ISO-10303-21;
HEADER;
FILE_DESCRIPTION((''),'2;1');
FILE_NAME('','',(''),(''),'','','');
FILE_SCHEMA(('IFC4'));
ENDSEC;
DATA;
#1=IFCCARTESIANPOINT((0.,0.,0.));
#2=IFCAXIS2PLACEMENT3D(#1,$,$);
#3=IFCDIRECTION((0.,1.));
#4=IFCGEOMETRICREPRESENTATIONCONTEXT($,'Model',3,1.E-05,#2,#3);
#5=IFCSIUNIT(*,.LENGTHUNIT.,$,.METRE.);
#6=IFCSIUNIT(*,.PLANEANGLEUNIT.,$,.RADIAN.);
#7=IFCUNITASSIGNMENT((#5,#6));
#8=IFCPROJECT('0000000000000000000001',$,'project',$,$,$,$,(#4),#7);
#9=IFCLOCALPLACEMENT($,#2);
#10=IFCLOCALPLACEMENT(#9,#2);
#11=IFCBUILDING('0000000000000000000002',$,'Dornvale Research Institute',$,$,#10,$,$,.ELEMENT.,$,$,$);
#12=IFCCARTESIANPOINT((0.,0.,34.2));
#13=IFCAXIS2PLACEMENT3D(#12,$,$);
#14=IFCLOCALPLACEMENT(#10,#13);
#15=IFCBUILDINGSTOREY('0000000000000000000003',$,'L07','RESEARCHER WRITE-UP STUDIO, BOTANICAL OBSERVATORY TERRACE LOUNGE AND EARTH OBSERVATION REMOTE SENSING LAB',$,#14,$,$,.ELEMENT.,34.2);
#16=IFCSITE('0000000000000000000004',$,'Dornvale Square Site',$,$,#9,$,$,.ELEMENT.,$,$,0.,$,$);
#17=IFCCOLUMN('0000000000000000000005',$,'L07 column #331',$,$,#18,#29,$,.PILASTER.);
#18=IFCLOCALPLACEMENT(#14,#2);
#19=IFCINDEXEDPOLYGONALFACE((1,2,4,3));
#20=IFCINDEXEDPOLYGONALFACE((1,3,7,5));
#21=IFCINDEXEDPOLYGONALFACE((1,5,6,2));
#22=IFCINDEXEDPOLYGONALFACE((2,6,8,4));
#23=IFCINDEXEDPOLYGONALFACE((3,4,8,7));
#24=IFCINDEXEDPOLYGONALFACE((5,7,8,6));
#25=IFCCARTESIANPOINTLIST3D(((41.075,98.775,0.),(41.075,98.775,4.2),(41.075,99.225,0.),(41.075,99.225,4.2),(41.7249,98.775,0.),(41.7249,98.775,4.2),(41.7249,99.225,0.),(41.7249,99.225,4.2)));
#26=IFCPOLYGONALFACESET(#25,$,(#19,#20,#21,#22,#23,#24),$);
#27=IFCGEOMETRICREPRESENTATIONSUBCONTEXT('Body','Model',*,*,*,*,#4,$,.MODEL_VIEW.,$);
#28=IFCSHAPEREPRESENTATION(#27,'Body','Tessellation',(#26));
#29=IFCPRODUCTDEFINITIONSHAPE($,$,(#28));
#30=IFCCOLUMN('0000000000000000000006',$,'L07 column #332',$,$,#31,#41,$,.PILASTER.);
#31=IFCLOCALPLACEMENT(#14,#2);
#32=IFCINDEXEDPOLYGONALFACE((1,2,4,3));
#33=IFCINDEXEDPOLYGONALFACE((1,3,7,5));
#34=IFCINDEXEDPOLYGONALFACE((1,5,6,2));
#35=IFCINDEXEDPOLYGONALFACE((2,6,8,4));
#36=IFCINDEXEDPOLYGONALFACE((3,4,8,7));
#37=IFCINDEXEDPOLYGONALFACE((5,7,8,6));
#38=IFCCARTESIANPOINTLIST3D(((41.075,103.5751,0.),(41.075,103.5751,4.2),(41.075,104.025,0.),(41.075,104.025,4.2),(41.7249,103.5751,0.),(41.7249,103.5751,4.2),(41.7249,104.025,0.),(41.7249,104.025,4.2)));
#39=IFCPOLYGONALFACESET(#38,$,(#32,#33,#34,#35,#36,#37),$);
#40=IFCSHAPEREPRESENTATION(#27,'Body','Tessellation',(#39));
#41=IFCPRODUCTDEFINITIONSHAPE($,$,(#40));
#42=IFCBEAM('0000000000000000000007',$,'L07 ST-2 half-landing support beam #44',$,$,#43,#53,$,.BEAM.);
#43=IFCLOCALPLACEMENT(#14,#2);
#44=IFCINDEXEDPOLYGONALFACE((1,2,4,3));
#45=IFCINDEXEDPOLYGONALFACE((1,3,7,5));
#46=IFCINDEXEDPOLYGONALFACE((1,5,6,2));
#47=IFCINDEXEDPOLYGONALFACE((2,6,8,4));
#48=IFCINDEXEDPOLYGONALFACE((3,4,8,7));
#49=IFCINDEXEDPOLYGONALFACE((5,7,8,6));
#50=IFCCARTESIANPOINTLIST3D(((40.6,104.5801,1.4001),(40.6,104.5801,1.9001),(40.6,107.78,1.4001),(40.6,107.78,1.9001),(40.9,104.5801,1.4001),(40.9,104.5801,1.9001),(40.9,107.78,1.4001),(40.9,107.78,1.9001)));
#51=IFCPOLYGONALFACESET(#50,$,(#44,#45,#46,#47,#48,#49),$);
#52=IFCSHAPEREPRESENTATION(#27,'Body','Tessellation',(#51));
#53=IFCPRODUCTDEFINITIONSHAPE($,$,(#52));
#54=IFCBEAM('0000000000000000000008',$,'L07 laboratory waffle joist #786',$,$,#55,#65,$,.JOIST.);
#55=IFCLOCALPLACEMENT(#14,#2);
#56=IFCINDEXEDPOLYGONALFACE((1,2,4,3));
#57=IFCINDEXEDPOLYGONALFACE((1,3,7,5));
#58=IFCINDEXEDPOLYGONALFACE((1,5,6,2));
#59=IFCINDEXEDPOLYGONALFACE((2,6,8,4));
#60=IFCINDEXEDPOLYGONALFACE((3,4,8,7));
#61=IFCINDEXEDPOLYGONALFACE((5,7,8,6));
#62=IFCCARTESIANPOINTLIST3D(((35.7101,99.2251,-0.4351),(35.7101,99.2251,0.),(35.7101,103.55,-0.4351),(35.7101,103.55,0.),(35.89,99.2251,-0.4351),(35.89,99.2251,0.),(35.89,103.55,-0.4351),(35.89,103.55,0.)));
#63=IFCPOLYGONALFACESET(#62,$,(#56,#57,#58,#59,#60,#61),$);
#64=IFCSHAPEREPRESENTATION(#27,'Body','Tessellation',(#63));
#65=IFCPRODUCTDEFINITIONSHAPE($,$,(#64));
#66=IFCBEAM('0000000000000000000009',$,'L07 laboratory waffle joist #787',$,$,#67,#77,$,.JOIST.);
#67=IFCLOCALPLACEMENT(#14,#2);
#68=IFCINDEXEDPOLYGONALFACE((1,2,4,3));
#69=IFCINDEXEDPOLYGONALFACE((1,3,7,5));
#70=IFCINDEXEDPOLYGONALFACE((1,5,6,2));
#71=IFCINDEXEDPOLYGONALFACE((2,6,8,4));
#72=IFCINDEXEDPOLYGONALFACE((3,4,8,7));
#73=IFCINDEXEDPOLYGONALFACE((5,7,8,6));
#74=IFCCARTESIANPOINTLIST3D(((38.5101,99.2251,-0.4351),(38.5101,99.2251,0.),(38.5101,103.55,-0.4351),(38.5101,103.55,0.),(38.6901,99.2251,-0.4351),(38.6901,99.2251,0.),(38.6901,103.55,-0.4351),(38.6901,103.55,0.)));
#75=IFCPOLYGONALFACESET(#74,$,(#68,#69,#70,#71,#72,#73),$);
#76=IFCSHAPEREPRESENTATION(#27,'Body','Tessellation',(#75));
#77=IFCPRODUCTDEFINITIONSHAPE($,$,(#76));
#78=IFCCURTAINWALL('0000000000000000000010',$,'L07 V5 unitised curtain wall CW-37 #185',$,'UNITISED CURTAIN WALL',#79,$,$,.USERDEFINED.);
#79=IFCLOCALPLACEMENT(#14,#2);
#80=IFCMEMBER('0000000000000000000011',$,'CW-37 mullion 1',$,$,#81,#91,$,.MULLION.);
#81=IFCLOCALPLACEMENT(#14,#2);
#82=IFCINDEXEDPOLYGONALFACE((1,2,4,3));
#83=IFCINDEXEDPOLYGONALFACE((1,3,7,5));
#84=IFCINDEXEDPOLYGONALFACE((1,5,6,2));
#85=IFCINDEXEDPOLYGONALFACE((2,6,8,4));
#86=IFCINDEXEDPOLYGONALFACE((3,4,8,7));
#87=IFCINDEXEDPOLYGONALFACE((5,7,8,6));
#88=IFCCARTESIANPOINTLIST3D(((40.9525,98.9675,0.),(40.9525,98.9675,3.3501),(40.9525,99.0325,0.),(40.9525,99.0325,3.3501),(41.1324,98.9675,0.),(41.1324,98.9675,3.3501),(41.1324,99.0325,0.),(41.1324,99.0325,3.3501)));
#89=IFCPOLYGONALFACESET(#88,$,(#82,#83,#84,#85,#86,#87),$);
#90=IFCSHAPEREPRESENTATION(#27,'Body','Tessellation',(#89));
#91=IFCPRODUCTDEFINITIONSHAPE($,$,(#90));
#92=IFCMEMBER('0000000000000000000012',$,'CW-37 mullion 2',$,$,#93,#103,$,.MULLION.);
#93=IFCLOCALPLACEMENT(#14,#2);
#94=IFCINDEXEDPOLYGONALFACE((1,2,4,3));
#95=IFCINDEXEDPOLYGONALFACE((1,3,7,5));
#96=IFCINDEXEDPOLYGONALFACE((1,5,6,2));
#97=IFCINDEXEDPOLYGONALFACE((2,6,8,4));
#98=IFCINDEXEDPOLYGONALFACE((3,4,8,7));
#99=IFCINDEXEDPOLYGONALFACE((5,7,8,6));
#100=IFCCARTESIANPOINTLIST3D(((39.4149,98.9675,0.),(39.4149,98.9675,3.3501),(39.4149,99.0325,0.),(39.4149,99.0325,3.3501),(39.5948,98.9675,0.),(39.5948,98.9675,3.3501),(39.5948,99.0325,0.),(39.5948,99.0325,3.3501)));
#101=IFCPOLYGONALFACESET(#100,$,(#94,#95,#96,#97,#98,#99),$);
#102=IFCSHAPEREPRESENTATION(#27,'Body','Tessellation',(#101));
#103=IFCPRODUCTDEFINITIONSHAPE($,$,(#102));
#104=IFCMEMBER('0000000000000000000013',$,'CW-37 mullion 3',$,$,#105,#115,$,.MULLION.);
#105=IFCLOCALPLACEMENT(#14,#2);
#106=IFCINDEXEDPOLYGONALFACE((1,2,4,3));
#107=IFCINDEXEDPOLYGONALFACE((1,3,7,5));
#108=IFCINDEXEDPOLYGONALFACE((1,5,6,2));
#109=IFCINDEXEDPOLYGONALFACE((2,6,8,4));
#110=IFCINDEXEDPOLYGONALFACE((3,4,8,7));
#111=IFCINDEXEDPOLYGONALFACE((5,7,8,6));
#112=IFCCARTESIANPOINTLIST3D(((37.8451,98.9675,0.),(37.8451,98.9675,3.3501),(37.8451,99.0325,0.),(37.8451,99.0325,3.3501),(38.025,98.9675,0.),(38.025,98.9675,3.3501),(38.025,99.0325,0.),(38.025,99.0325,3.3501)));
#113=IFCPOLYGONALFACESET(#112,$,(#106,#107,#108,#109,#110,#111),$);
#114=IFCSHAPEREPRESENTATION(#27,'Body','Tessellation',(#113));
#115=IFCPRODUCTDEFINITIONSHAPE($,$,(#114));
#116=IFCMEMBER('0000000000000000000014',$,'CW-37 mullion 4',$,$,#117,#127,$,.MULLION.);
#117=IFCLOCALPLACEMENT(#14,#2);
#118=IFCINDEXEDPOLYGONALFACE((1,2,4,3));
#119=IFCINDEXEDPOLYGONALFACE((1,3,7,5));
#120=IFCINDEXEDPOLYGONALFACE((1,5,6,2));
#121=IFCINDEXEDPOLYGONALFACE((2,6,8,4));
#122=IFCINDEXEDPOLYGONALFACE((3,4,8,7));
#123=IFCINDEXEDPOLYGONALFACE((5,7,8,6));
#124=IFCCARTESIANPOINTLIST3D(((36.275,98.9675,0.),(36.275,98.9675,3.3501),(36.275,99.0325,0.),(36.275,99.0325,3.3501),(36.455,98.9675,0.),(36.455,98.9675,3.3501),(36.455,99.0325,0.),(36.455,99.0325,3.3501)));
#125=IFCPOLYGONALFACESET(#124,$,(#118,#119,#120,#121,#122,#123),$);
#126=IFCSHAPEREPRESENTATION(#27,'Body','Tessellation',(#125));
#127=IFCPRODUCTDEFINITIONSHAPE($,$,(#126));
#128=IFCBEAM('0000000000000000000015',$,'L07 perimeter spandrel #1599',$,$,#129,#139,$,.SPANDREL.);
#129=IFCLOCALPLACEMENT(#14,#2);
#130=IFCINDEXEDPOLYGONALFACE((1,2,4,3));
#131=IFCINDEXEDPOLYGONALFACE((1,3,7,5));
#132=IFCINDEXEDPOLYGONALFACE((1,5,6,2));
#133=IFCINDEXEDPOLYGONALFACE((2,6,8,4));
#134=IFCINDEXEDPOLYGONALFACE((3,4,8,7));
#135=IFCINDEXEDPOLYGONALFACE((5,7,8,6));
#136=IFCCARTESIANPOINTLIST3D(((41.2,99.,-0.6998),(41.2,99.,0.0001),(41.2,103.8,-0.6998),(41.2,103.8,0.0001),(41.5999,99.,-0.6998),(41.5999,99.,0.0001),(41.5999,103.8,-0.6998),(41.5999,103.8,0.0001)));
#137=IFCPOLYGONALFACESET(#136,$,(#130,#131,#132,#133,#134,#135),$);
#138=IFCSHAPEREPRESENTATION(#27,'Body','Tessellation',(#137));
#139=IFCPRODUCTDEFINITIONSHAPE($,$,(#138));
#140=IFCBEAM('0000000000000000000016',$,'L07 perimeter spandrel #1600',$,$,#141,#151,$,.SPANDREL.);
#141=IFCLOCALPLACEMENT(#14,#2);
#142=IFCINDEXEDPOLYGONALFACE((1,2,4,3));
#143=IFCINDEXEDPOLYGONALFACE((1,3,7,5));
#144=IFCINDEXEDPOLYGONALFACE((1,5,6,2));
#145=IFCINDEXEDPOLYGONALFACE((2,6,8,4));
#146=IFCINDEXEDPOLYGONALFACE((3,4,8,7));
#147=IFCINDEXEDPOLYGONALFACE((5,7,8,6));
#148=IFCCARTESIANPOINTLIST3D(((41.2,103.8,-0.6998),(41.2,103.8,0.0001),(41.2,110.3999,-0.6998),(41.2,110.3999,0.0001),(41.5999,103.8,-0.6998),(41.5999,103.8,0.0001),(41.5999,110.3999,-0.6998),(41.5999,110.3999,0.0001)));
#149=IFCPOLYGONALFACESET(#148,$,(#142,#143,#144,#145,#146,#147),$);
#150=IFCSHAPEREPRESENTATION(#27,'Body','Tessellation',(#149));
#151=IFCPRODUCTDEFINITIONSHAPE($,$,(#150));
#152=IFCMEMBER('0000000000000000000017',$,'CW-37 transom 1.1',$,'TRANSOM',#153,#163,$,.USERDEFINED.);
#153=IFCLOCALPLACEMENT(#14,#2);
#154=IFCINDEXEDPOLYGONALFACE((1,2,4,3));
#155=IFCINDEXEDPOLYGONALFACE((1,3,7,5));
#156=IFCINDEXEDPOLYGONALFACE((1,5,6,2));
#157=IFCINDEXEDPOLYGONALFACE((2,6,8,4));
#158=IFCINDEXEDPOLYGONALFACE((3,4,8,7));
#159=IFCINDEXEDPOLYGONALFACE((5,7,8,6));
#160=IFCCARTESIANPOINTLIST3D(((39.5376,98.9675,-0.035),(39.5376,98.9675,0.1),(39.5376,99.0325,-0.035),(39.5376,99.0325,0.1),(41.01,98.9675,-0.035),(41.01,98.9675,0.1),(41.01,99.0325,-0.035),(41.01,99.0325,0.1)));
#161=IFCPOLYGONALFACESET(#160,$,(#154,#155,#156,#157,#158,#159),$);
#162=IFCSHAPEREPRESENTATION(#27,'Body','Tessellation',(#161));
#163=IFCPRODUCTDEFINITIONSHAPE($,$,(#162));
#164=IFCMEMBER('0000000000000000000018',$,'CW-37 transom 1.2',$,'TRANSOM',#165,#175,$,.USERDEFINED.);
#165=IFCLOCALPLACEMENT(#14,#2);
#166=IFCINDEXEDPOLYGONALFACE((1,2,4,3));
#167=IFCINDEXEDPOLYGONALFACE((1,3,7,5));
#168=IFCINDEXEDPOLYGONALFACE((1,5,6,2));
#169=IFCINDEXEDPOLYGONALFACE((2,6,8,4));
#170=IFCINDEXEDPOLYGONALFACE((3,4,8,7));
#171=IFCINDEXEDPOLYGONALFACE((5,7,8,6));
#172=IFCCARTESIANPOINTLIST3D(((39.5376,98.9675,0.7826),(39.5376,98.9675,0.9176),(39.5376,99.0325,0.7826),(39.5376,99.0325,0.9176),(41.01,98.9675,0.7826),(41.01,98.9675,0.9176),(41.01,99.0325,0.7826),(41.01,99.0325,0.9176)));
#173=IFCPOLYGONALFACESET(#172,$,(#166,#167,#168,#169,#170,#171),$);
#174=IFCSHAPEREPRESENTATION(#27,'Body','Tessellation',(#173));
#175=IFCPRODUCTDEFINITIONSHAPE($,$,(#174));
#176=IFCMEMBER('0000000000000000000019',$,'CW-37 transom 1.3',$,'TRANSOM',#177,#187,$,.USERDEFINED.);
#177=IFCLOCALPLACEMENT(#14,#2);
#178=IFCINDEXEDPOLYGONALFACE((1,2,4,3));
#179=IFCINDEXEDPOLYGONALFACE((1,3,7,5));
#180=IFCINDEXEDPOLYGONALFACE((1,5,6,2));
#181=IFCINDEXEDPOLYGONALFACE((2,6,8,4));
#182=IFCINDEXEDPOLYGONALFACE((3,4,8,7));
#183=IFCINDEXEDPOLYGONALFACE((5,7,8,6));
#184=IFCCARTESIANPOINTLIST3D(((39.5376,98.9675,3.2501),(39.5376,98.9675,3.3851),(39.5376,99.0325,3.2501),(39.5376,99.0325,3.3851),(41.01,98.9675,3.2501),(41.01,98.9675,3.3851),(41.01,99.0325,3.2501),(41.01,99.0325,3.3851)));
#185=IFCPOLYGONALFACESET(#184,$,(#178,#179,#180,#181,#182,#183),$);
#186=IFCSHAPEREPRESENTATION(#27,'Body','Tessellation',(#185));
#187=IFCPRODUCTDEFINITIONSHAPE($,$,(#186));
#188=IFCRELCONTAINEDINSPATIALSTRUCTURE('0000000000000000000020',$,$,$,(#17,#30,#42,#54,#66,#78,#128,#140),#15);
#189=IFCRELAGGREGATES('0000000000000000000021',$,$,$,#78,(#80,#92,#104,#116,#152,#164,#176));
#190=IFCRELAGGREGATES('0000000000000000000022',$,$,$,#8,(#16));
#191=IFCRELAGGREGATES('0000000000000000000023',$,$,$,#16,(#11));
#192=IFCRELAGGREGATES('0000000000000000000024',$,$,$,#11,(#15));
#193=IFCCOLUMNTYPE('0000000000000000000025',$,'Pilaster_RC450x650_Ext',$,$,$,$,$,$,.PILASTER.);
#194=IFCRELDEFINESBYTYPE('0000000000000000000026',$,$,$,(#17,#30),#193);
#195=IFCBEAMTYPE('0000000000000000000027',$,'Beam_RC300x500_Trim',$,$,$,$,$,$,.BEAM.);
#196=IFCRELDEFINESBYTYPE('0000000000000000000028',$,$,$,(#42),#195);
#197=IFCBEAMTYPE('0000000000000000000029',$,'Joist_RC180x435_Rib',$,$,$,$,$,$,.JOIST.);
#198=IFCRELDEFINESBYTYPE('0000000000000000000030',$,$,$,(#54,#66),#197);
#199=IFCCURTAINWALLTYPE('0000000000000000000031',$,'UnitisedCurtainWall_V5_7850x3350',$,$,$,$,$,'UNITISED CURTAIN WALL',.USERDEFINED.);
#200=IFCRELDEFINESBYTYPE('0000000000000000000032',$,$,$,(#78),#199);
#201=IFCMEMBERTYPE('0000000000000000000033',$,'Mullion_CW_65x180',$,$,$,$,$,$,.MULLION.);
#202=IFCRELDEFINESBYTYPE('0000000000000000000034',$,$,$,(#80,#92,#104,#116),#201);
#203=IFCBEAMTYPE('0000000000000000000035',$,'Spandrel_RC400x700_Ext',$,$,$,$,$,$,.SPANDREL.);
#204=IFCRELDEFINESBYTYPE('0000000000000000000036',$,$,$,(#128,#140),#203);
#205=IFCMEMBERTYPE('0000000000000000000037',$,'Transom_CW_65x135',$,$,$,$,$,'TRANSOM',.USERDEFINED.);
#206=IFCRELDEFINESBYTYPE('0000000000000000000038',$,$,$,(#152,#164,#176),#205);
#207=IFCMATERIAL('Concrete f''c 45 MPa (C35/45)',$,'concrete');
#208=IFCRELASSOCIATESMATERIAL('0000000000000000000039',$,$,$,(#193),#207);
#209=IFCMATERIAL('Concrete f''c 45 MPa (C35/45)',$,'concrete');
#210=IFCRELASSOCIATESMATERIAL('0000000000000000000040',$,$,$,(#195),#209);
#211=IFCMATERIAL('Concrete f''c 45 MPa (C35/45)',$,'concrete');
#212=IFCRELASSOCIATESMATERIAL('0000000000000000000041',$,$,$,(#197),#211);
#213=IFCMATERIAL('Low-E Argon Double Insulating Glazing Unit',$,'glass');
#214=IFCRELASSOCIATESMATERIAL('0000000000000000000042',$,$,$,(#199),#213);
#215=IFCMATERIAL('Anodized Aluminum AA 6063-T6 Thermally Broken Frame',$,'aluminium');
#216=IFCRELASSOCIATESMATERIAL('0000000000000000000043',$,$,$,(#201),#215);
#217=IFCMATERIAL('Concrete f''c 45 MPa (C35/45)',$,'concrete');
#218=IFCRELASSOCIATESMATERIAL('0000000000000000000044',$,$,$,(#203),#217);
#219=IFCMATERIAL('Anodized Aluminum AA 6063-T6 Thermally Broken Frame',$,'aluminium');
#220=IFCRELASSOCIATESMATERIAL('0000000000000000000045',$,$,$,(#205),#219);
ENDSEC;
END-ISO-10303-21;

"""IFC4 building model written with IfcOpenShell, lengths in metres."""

from ifc_helpers import new_model, si_unit, direction, frame, origin, origin_2d, place, context, subcontext, project, spatial, rectangle, extrude, material, material_profile, profile_set, type_object, element, aggregate, save


model = new_model("IFC4")

# Units and contexts
model_context = context("Model", 3, precision=1e-05, world=origin(), true_north=direction((0.0, 1.0)))
body_context = subcontext(model_context, "Body", "Model", "MODEL_VIEW")
ifc_project = project(units=[si_unit("LENGTHUNIT", "METRE"), si_unit("PLANEANGLEUNIT", "RADIAN")], contexts=[model_context])

# Site, building, storey
site_placement = place(None, origin())
site = spatial("IfcSite", under=ifc_project, at=site_placement, Name="Dornvale Square Site", CompositionType="ELEMENT", RefElevation=0.0)
building_placement = place(site_placement, origin())
building = spatial("IfcBuilding", under=site, at=building_placement, Name="Dornvale Research Institute", CompositionType="ELEMENT")
storey_placement = place(building_placement, frame((0.0, 0.0, 34.2)))
storey = spatial("IfcBuildingStorey", under=building, at=storey_placement, Name="L07", Description="RESEARCHER WRITE-UP STUDIO, BOTANICAL OBSERVATORY TERRACE LOUNGE AND EARTH OBSERVATION REMOTE SENSING LAB", CompositionType="ELEMENT", Elevation=34.2)

# Columns
ifc_material_1 = material(Name="Concrete f'c 45 MPa (C35/45)", Category="concrete")
ifc_material_profile_1 = material_profile(ifc_material_1, rectangle(XDim=0.45, YDim=0.6499, at=origin_2d()), Name="RC 450x650")
ifc_profile_set_1 = profile_set([ifc_material_profile_1], Name="Concrete f'c 45 MPa (C35/45)")
column_type = type_object("IfcColumnType", Name="Pilaster_RC450x650_Ext", PredefinedType="PILASTER", material=ifc_profile_set_1)
for number, where, z_axis, x_axis, name in (
    (1, (41.3999, 99.0, 0.0), (0.0, 0.0, 1.0), (0.0, 1.0, 0.0), "L07 column #331"),
    (2, (41.3999, 103.8, 0.0), (0.0, 0.0, 1.0), (0.0, 1.0, 0.0), "L07 column #332"),
):
    element("IfcColumn", number, at=place(storey_placement, frame(where, z_axis=z_axis, x_axis=x_axis)), inside=storey, type_object=column_type, Name=name, PredefinedType="PILASTER", context=body_context, shape_type="SweptSolid", body=[
        extrude(rectangle(XDim=0.45, YDim=0.6499, at=origin_2d()), origin(), (0.0, 0.0, 1.0), 4.2),
    ])

# Beams
ifc_material_2 = material(Name="Concrete f'c 45 MPa (C35/45)", Category="concrete")
ifc_material_profile_2 = material_profile(ifc_material_2, rectangle(XDim=0.3, YDim=0.5, at=origin_2d()), Name="RC 300x500")
ifc_profile_set_2 = profile_set([ifc_material_profile_2], Name="Concrete f'c 45 MPa (C35/45)")
beam_type_1 = type_object("IfcBeamType", Name="Beam_RC300x500_Trim", PredefinedType="BEAM", material=ifc_profile_set_2)
beam_1_placement = place(storey_placement, frame((40.75, 104.5801, 1.6501), z_axis=(0.0, 1.0, 0.0), x_axis=(-1.0, 0.0, 0.0)))
element("IfcBeam", 3, at=beam_1_placement, inside=storey, type_object=beam_type_1, Name="L07 ST-2 half-landing support beam #44", PredefinedType="BEAM", context=body_context, shape_type="SweptSolid", body=[
    extrude(rectangle(XDim=0.3, YDim=0.5, at=origin_2d()), origin(), (0.0, 0.0, 1.0), 3.2),
])
ifc_material_3 = material(Name="Concrete f'c 45 MPa (C35/45)", Category="concrete")
ifc_material_profile_3 = material_profile(ifc_material_3, rectangle(XDim=0.1799, YDim=0.4351, at=origin_2d()), Name="RC 180x435")
ifc_profile_set_3 = profile_set([ifc_material_profile_3], Name="Concrete f'c 45 MPa (C35/45)")
beam_type_2 = type_object("IfcBeamType", Name="Joist_RC180x435_Rib", PredefinedType="JOIST", material=ifc_profile_set_3)
for number, where, z_axis, x_axis, name in (
    (4, (35.8, 99.2251, -0.2175), (0.0, 1.0, 0.0), (-1.0, 0.0, 0.0), "L07 laboratory waffle joist #786"),
    (5, (38.6001, 99.2251, -0.2175), (0.0, 1.0, 0.0), (-1.0, 0.0, 0.0), "L07 laboratory waffle joist #787"),
):
    element("IfcBeam", number, at=place(storey_placement, frame(where, z_axis=z_axis, x_axis=x_axis)), inside=storey, type_object=beam_type_2, Name=name, PredefinedType="JOIST", context=body_context, shape_type="SweptSolid", body=[
        extrude(rectangle(XDim=0.1799, YDim=0.4351, at=origin_2d()), origin(), (0.0, 0.0, 1.0), 4.325),
    ])

# Curtain wall, members
ifc_material_4 = material(Name="Low-E Argon Double Insulating Glazing Unit", Category="glass")
curtain_wall_type = type_object("IfcCurtainWallType", Name="UnitisedCurtainWall_V5_7850x3350", ElementType="UNITISED CURTAIN WALL", PredefinedType="USERDEFINED", material=ifc_material_4)
curtain_wall_placement = place(storey_placement, origin())
curtain_wall = element("IfcCurtainWall", 6, at=curtain_wall_placement, inside=storey, type_object=curtain_wall_type, Name="L07 V5 unitised curtain wall CW-37 #185", ObjectType="UNITISED CURTAIN WALL", PredefinedType="USERDEFINED")
ifc_material_5 = material(Name="Anodized Aluminum AA 6063-T6 Thermally Broken Frame", Category="aluminium")
ifc_material_profile_4 = material_profile(ifc_material_5, rectangle(XDim=0.0649, YDim=0.1799, at=origin_2d()), Name="ALU MULLION 65x180")
ifc_profile_set_4 = profile_set([ifc_material_profile_4], Name="Anodized Aluminum AA 6063-T6 Thermally Broken Frame")
member_type_1 = type_object("IfcMemberType", Name="Mullion_CW_65x180", PredefinedType="MULLION", material=ifc_profile_set_4)
member_1_placement = place(storey_placement, frame((41.0425, 99.0, 0.0), z_axis=(0.0, 0.0, 1.0), x_axis=(0.0, -1.0, 0.0)))
member_1 = element("IfcMember", 7, at=member_1_placement, type_object=member_type_1, Name="CW-37 mullion 1", PredefinedType="MULLION", context=body_context, shape_type="SweptSolid", body=[
    extrude(rectangle(XDim=0.0649, YDim=0.1799, at=origin_2d()), origin(), (0.0, 0.0, 1.0), 3.3501),
])
member_2_placement = place(storey_placement, frame((39.5049, 99.0, 0.0), z_axis=(0.0, 0.0, 1.0), x_axis=(0.0, -1.0, 0.0)))
member_2 = element("IfcMember", 8, at=member_2_placement, type_object=member_type_1, Name="CW-37 mullion 2", PredefinedType="MULLION", context=body_context, shape_type="SweptSolid", body=[
    extrude(rectangle(XDim=0.0649, YDim=0.1799, at=origin_2d()), origin(), (0.0, 0.0, 1.0), 3.3501),
])
member_3_placement = place(storey_placement, frame((37.9351, 99.0, 0.0), z_axis=(0.0, 0.0, 1.0), x_axis=(0.0, -1.0, 0.0)))
member_3 = element("IfcMember", 9, at=member_3_placement, type_object=member_type_1, Name="CW-37 mullion 3", PredefinedType="MULLION", context=body_context, shape_type="SweptSolid", body=[
    extrude(rectangle(XDim=0.0649, YDim=0.1799, at=origin_2d()), origin(), (0.0, 0.0, 1.0), 3.3501),
])
member_4_placement = place(storey_placement, frame((36.365, 99.0, 0.0), z_axis=(0.0, 0.0, 1.0), x_axis=(0.0, -1.0, 0.0)))
member_4 = element("IfcMember", 10, at=member_4_placement, type_object=member_type_1, Name="CW-37 mullion 4", PredefinedType="MULLION", context=body_context, shape_type="SweptSolid", body=[
    extrude(rectangle(XDim=0.0649, YDim=0.1799, at=origin_2d()), origin(), (0.0, 0.0, 1.0), 3.3501),
])

# Beams
ifc_material_6 = material(Name="Concrete f'c 45 MPa (C35/45)", Category="concrete")
ifc_material_profile_5 = material_profile(ifc_material_6, rectangle(XDim=0.3999, YDim=0.7, at=origin_2d()), Name="RC 400x700")
ifc_profile_set_5 = profile_set([ifc_material_profile_5], Name="Concrete f'c 45 MPa (C35/45)")
beam_type_3 = type_object("IfcBeamType", Name="Spandrel_RC400x700_Ext", PredefinedType="SPANDREL", material=ifc_profile_set_5)
beam_2_placement = place(storey_placement, frame((41.3999, 99.0, -0.3499), z_axis=(0.0, 1.0, 0.0), x_axis=(-1.0, 0.0, 0.0)))
element("IfcBeam", 11, at=beam_2_placement, inside=storey, type_object=beam_type_3, Name="L07 perimeter spandrel #1599", PredefinedType="SPANDREL", context=body_context, shape_type="SweptSolid", body=[
    extrude(rectangle(XDim=0.3999, YDim=0.7, at=origin_2d()), origin(), (0.0, 0.0, 1.0), 4.8),
])
beam_3_placement = place(storey_placement, frame((41.3999, 103.8, -0.3499), z_axis=(0.0, 1.0, 0.0), x_axis=(-1.0, 0.0, 0.0)))
element("IfcBeam", 12, at=beam_3_placement, inside=storey, type_object=beam_type_3, Name="L07 perimeter spandrel #1600", PredefinedType="SPANDREL", context=body_context, shape_type="SweptSolid", body=[
    extrude(rectangle(XDim=0.3999, YDim=0.7, at=origin_2d()), origin(), (0.0, 0.0, 1.0), 6.5999),
])

# Members
ifc_material_7 = material(Name="Anodized Aluminum AA 6063-T6 Thermally Broken Frame", Category="aluminium")
ifc_material_profile_6 = material_profile(ifc_material_7, rectangle(XDim=0.0649, YDim=0.135, at=origin_2d()), Name="ALU TRANSOM 65x135")
ifc_profile_set_6 = profile_set([ifc_material_profile_6], Name="Anodized Aluminum AA 6063-T6 Thermally Broken Frame")
member_type_2 = type_object("IfcMemberType", Name="Transom_CW_65x135", ElementType="TRANSOM", PredefinedType="USERDEFINED", material=ifc_profile_set_6)
member_5_placement = place(storey_placement, frame((41.01, 99.0, 0.0325), z_axis=(-1.0, 0.0, 0.0), x_axis=(0.0, -1.0, 0.0)))
member_5 = element("IfcMember", 13, at=member_5_placement, type_object=member_type_2, Name="CW-37 transom 1.1", ObjectType="TRANSOM", PredefinedType="USERDEFINED", context=body_context, shape_type="SweptSolid", body=[
    extrude(rectangle(XDim=0.0649, YDim=0.135, at=origin_2d()), origin(), (0.0, 0.0, 1.0), 1.4724),
])
member_6_placement = place(storey_placement, frame((41.01, 99.0, 0.8501), z_axis=(-1.0, 0.0, 0.0), x_axis=(0.0, -1.0, 0.0)))
member_6 = element("IfcMember", 14, at=member_6_placement, type_object=member_type_2, Name="CW-37 transom 1.2", ObjectType="TRANSOM", PredefinedType="USERDEFINED", context=body_context, shape_type="SweptSolid", body=[
    extrude(rectangle(XDim=0.0649, YDim=0.135, at=origin_2d()), origin(), (0.0, 0.0, 1.0), 1.4724),
])
member_7_placement = place(storey_placement, frame((41.01, 99.0, 3.3176), z_axis=(-1.0, 0.0, 0.0), x_axis=(0.0, -1.0, 0.0)))
member_7 = element("IfcMember", 15, at=member_7_placement, type_object=member_type_2, Name="CW-37 transom 1.3", ObjectType="TRANSOM", PredefinedType="USERDEFINED", context=body_context, shape_type="SweptSolid", body=[
    extrude(rectangle(XDim=0.0649, YDim=0.135, at=origin_2d()), origin(), (0.0, 0.0, 1.0), 1.4724),
])

aggregate(curtain_wall, [member_1, member_2, member_3, member_4, member_5, member_6, member_7])

save(model, "model.ifc")
